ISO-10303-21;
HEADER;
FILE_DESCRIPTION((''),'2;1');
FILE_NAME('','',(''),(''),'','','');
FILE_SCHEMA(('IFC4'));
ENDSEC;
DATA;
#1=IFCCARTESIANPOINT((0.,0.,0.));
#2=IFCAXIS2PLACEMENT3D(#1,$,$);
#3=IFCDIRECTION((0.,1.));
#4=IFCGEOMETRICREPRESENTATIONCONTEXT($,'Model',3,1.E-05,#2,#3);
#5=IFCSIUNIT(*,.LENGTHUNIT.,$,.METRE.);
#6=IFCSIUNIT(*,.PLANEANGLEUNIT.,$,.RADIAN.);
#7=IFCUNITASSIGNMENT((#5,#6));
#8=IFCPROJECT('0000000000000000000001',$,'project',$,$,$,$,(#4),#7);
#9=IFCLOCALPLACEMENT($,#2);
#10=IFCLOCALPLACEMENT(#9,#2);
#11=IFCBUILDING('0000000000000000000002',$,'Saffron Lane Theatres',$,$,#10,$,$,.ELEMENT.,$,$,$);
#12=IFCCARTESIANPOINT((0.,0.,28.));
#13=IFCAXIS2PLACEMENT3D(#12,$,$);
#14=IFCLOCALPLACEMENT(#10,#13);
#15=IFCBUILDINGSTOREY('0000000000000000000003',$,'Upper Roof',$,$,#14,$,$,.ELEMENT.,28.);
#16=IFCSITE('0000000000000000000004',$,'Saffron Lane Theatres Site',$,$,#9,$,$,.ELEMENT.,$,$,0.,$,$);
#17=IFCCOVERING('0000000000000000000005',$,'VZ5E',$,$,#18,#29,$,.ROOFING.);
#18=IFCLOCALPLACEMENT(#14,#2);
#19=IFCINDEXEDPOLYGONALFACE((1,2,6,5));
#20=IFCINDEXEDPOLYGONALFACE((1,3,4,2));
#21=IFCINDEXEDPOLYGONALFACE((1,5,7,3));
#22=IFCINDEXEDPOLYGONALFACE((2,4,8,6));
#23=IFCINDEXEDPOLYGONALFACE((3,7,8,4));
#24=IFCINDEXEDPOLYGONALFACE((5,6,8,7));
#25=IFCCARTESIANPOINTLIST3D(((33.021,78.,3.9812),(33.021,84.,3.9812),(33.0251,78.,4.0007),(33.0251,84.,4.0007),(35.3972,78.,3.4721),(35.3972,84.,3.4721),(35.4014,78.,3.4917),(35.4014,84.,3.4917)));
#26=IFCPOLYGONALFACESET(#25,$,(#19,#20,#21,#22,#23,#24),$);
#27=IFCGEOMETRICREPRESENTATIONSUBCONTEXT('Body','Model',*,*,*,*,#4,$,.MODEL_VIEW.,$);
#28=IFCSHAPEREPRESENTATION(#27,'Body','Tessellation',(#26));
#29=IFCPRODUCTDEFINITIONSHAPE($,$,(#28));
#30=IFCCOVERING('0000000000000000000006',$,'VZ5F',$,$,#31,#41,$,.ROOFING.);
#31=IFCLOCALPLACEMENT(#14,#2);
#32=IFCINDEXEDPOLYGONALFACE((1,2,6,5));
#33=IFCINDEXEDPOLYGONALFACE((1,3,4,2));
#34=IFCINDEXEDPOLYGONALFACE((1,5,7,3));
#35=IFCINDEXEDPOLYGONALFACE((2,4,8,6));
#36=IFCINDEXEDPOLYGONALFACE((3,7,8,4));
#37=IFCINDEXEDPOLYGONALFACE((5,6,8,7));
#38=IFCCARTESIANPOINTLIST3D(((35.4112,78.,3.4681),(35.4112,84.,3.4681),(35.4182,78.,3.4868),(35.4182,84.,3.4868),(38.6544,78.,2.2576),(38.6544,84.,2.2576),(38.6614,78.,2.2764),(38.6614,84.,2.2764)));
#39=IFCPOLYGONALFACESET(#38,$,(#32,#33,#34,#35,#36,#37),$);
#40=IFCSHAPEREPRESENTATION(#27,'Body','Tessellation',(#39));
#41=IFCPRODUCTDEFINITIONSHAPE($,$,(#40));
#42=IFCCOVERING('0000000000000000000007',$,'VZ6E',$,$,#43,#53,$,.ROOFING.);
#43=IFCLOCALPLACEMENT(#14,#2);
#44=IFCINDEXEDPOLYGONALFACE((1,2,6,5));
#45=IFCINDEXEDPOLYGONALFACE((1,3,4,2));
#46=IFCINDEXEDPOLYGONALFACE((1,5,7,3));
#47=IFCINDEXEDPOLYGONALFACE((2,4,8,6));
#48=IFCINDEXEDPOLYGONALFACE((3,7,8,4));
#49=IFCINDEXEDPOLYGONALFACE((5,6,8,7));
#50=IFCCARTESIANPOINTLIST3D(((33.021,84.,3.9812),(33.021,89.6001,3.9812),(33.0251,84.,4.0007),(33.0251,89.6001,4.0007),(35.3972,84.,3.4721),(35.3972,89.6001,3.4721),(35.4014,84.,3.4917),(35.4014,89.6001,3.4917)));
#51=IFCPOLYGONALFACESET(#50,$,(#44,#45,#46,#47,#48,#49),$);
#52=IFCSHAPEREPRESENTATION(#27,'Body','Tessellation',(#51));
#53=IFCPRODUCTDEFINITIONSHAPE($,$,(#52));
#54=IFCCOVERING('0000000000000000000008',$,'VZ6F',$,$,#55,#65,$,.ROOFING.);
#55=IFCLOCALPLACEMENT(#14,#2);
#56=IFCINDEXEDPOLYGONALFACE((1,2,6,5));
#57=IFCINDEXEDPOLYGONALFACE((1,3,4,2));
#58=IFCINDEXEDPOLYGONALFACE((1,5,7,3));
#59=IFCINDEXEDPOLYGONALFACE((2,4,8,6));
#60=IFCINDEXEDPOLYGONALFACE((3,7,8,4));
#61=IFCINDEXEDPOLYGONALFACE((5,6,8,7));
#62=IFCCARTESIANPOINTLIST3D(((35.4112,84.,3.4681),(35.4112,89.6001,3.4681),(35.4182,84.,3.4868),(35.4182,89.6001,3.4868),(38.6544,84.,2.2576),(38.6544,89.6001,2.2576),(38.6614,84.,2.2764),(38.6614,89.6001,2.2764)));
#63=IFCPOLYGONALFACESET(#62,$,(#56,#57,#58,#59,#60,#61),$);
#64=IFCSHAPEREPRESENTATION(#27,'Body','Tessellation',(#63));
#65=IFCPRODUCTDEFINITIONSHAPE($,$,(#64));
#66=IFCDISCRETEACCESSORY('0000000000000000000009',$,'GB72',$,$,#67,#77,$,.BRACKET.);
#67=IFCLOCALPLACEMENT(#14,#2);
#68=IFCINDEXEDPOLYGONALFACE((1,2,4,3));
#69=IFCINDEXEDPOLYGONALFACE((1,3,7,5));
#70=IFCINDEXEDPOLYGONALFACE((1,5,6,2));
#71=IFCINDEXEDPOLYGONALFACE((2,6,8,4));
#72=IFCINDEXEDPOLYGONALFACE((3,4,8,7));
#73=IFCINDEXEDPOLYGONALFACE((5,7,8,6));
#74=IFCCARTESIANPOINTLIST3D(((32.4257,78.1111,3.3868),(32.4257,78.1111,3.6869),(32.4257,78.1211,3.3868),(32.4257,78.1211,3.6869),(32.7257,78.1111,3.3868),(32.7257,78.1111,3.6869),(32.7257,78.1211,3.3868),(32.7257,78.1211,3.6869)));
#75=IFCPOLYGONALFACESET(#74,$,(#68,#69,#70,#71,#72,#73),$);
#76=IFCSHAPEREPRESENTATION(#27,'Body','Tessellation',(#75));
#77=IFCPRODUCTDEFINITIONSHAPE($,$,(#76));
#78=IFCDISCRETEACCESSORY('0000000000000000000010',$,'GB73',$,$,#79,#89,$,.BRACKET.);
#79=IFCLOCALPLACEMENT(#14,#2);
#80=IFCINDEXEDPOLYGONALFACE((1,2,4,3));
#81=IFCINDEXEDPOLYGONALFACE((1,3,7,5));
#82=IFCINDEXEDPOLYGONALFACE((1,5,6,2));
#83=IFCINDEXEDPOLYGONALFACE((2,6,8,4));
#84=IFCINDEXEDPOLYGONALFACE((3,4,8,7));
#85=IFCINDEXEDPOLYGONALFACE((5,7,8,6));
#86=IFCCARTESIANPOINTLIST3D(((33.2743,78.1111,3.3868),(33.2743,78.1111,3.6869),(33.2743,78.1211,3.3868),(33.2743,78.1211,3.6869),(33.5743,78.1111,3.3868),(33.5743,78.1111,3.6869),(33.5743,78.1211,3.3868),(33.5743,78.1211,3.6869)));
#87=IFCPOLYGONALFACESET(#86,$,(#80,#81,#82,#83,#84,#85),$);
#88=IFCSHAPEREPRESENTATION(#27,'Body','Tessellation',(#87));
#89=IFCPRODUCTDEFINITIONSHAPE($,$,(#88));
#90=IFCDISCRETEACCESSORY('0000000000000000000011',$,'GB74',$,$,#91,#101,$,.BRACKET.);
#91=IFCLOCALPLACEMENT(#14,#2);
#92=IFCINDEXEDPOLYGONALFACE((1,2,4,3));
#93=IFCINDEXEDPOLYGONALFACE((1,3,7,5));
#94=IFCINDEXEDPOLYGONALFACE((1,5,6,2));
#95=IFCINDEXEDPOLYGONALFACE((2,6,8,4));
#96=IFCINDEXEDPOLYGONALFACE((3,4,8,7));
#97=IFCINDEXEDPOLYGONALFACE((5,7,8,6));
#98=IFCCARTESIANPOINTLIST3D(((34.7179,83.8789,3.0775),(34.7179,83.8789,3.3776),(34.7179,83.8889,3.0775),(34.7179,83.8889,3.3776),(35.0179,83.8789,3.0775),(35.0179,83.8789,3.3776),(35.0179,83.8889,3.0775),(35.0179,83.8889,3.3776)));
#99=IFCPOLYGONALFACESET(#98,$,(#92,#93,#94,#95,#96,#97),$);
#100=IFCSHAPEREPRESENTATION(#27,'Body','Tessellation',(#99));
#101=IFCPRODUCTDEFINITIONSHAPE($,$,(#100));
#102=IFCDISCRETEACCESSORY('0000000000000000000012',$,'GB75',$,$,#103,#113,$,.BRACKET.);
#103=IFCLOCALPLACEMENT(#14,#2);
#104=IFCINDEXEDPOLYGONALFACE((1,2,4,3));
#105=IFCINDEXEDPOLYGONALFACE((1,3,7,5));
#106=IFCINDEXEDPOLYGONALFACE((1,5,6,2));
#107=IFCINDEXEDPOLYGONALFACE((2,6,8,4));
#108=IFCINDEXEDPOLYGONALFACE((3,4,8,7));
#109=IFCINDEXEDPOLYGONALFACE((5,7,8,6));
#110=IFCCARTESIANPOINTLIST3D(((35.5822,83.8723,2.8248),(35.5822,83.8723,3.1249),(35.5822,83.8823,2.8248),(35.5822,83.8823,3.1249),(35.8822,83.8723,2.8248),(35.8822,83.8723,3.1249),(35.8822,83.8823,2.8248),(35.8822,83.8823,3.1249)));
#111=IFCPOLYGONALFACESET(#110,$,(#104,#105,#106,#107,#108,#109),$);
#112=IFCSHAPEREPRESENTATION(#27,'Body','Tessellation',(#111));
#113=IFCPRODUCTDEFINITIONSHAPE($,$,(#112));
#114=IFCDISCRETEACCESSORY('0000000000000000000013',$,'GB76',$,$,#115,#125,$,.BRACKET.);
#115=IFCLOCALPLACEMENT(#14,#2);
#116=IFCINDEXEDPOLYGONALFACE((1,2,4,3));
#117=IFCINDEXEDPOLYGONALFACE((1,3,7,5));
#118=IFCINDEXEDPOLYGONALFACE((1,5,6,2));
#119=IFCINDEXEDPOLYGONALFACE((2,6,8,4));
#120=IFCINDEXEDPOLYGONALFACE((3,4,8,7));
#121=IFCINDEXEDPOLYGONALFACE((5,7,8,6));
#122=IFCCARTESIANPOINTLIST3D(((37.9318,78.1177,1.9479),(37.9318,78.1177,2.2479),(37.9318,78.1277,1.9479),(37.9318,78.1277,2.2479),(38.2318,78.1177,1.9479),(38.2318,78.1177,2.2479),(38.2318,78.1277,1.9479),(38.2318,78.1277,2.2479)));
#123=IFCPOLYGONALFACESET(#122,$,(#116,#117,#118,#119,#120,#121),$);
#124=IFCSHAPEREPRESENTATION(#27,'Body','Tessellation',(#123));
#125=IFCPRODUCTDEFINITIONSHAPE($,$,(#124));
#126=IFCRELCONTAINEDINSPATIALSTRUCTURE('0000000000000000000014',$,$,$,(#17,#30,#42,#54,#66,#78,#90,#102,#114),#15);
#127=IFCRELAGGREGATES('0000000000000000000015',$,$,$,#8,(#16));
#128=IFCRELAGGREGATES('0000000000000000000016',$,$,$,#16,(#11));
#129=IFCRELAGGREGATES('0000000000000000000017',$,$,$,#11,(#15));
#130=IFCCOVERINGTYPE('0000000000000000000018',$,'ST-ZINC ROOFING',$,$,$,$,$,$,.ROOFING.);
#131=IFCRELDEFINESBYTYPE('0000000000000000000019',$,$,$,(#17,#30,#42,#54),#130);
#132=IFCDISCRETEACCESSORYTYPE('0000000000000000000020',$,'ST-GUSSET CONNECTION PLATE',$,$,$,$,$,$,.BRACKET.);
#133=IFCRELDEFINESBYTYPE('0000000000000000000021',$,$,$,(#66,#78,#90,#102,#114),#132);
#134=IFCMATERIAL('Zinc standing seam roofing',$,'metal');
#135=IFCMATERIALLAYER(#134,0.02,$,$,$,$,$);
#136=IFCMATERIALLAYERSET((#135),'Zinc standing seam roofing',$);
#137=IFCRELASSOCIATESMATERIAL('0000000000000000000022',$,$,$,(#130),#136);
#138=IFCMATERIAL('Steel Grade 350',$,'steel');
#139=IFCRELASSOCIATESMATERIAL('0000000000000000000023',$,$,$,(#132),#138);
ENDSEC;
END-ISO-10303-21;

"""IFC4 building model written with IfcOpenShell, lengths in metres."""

from ifc_helpers import new_model, si_unit, direction, frame, origin, origin_2d, place, context, subcontext, project, spatial, polyline, rectangle, outline, extrude, material, layer, layer_set, material_profile, profile_set, type_object, element, save


model = new_model("IFC4")

# Units and contexts
model_context = context("Model", 3, precision=1e-05, world=origin(), true_north=direction((0.0, 1.0)))
body_context = subcontext(model_context, "Body", "Model", "MODEL_VIEW")
ifc_project = project(units=[si_unit("LENGTHUNIT", "METRE"), si_unit("PLANEANGLEUNIT", "RADIAN")], contexts=[model_context])

# Site, building, storey
site_placement = place(None, origin())
site = spatial("IfcSite", under=ifc_project, at=site_placement, Name="Saffron Lane Theatres Site", CompositionType="ELEMENT", RefElevation=0.0)
building_placement = place(site_placement, origin())
building = spatial("IfcBuilding", under=site, at=building_placement, Name="Saffron Lane Theatres", CompositionType="ELEMENT")
storey_placement = place(building_placement, frame((0.0, 0.0, 28.0)))
storey = spatial("IfcBuildingStorey", under=building, at=storey_placement, Name="Upper Roof", CompositionType="ELEMENT", Elevation=28.0)

# Coverings
ifc_material_1 = material(Name="Zinc standing seam roofing", Category="metal")
ifc_layer_1 = layer(ifc_material_1, 0.02)
ifc_layer_set_1 = layer_set([ifc_layer_1], Name="Zinc standing seam roofing")
covering_type = type_object("IfcCoveringType", Name="ST-ZINC ROOFING", PredefinedType="ROOFING", material=ifc_layer_set_1)
covering_1_placement = place(storey_placement, frame((33.0251, 78.0, 4.0007), z_axis=(0.209467, 0.0, 0.977816), x_axis=(0.977816, 0.0, -0.209467)))
element("IfcCovering", 1, at=covering_1_placement, inside=storey, type_object=covering_type, Name="VZ5E", PredefinedType="ROOFING", context=body_context, shape_type="SweptSolid", body=[
    extrude(outline(polyline([(0.0, 0.0), (2.4301, 0.0), (2.4301, 6.0), (0.0, 6.0), (0.0, 0.0)])), origin(), (0.0, 0.0, -1.0), 0.02),
])
covering_2_placement = place(storey_placement, frame((35.4182, 78.0, 3.4868), z_axis=(0.34967, 0.0, 0.936873), x_axis=(0.936873, 0.0, -0.34967)))
element("IfcCovering", 2, at=covering_2_placement, inside=storey, type_object=covering_type, Name="VZ5F", PredefinedType="ROOFING", context=body_context, shape_type="SweptSolid", body=[
    extrude(outline(polyline([(0.0, 0.0), (3.4617, 0.0), (3.4617, 6.0), (0.0, 6.0), (0.0, 0.0)])), origin(), (0.0, 0.0, -1.0), 0.02),
])
covering_3_placement = place(storey_placement, frame((33.0251, 84.0, 4.0007), z_axis=(0.209467, 0.0, 0.977816), x_axis=(0.977816, 0.0, -0.209467)))
element("IfcCovering", 3, at=covering_3_placement, inside=storey, type_object=covering_type, Name="VZ6E", PredefinedType="ROOFING", context=body_context, shape_type="SweptSolid", body=[
    extrude(outline(polyline([(0.0, 0.0), (2.4301, 0.0), (2.4301, 5.6001), (0.0, 5.6001), (0.0, 0.0)])), origin(), (0.0, 0.0, -1.0), 0.02),
])
covering_4_placement = place(storey_placement, frame((35.4182, 84.0, 3.4868), z_axis=(0.34967, 0.0, 0.936873), x_axis=(0.936873, 0.0, -0.34967)))
element("IfcCovering", 4, at=covering_4_placement, inside=storey, type_object=covering_type, Name="VZ6F", PredefinedType="ROOFING", context=body_context, shape_type="SweptSolid", body=[
    extrude(outline(polyline([(0.0, 0.0), (3.4617, 0.0), (3.4617, 5.6001), (0.0, 5.6001), (0.0, 0.0)])), origin(), (0.0, 0.0, -1.0), 0.02),
])

# Discrete accessories
ifc_material_2 = material(Name="Steel Grade 350", Category="steel")
ifc_material_profile_1 = material_profile(ifc_material_2, rectangle(XDim=0.3, YDim=0.3, at=origin_2d()))
ifc_profile_set_1 = profile_set([ifc_material_profile_1], Name="Steel Grade 350")
discrete_accessory_type = type_object("IfcDiscreteAccessoryType", Name="ST-GUSSET CONNECTION PLATE", PredefinedType="BRACKET", material=ifc_profile_set_1)
for number, where, z_axis, x_axis, name in (
    (5, (32.5757, 78.1111, 3.5369), (0.0, 1.0, 0.0), (-1.0, 0.0, 0.0), "GB72"),
    (6, (33.4243, 78.1111, 3.5369), (0.0, 1.0, 0.0), (-1.0, 0.0, 0.0), "GB73"),
    (7, (34.8679, 83.8889, 3.2275), (0.0, -1.0, 0.0), (1.0, 0.0, 0.0), "GB74"),
    (8, (35.7322, 83.8823, 2.9749), (0.0, -1.0, 0.0), (1.0, 0.0, 0.0), "GB75"),
    (9, (38.0818, 78.1177, 2.0979), (0.0, 1.0, 0.0), (-1.0, 0.0, 0.0), "GB76"),
):
    element("IfcDiscreteAccessory", number, at=place(storey_placement, frame(where, z_axis=z_axis, x_axis=x_axis)), inside=storey, type_object=discrete_accessory_type, Name=name, PredefinedType="BRACKET", context=body_context, shape_type="SweptSolid", body=[
        extrude(rectangle(XDim=0.3, YDim=0.3, at=origin_2d()), origin(), (0.0, 0.0, 1.0), 0.01),
    ])

save(model, "model.ifc")
